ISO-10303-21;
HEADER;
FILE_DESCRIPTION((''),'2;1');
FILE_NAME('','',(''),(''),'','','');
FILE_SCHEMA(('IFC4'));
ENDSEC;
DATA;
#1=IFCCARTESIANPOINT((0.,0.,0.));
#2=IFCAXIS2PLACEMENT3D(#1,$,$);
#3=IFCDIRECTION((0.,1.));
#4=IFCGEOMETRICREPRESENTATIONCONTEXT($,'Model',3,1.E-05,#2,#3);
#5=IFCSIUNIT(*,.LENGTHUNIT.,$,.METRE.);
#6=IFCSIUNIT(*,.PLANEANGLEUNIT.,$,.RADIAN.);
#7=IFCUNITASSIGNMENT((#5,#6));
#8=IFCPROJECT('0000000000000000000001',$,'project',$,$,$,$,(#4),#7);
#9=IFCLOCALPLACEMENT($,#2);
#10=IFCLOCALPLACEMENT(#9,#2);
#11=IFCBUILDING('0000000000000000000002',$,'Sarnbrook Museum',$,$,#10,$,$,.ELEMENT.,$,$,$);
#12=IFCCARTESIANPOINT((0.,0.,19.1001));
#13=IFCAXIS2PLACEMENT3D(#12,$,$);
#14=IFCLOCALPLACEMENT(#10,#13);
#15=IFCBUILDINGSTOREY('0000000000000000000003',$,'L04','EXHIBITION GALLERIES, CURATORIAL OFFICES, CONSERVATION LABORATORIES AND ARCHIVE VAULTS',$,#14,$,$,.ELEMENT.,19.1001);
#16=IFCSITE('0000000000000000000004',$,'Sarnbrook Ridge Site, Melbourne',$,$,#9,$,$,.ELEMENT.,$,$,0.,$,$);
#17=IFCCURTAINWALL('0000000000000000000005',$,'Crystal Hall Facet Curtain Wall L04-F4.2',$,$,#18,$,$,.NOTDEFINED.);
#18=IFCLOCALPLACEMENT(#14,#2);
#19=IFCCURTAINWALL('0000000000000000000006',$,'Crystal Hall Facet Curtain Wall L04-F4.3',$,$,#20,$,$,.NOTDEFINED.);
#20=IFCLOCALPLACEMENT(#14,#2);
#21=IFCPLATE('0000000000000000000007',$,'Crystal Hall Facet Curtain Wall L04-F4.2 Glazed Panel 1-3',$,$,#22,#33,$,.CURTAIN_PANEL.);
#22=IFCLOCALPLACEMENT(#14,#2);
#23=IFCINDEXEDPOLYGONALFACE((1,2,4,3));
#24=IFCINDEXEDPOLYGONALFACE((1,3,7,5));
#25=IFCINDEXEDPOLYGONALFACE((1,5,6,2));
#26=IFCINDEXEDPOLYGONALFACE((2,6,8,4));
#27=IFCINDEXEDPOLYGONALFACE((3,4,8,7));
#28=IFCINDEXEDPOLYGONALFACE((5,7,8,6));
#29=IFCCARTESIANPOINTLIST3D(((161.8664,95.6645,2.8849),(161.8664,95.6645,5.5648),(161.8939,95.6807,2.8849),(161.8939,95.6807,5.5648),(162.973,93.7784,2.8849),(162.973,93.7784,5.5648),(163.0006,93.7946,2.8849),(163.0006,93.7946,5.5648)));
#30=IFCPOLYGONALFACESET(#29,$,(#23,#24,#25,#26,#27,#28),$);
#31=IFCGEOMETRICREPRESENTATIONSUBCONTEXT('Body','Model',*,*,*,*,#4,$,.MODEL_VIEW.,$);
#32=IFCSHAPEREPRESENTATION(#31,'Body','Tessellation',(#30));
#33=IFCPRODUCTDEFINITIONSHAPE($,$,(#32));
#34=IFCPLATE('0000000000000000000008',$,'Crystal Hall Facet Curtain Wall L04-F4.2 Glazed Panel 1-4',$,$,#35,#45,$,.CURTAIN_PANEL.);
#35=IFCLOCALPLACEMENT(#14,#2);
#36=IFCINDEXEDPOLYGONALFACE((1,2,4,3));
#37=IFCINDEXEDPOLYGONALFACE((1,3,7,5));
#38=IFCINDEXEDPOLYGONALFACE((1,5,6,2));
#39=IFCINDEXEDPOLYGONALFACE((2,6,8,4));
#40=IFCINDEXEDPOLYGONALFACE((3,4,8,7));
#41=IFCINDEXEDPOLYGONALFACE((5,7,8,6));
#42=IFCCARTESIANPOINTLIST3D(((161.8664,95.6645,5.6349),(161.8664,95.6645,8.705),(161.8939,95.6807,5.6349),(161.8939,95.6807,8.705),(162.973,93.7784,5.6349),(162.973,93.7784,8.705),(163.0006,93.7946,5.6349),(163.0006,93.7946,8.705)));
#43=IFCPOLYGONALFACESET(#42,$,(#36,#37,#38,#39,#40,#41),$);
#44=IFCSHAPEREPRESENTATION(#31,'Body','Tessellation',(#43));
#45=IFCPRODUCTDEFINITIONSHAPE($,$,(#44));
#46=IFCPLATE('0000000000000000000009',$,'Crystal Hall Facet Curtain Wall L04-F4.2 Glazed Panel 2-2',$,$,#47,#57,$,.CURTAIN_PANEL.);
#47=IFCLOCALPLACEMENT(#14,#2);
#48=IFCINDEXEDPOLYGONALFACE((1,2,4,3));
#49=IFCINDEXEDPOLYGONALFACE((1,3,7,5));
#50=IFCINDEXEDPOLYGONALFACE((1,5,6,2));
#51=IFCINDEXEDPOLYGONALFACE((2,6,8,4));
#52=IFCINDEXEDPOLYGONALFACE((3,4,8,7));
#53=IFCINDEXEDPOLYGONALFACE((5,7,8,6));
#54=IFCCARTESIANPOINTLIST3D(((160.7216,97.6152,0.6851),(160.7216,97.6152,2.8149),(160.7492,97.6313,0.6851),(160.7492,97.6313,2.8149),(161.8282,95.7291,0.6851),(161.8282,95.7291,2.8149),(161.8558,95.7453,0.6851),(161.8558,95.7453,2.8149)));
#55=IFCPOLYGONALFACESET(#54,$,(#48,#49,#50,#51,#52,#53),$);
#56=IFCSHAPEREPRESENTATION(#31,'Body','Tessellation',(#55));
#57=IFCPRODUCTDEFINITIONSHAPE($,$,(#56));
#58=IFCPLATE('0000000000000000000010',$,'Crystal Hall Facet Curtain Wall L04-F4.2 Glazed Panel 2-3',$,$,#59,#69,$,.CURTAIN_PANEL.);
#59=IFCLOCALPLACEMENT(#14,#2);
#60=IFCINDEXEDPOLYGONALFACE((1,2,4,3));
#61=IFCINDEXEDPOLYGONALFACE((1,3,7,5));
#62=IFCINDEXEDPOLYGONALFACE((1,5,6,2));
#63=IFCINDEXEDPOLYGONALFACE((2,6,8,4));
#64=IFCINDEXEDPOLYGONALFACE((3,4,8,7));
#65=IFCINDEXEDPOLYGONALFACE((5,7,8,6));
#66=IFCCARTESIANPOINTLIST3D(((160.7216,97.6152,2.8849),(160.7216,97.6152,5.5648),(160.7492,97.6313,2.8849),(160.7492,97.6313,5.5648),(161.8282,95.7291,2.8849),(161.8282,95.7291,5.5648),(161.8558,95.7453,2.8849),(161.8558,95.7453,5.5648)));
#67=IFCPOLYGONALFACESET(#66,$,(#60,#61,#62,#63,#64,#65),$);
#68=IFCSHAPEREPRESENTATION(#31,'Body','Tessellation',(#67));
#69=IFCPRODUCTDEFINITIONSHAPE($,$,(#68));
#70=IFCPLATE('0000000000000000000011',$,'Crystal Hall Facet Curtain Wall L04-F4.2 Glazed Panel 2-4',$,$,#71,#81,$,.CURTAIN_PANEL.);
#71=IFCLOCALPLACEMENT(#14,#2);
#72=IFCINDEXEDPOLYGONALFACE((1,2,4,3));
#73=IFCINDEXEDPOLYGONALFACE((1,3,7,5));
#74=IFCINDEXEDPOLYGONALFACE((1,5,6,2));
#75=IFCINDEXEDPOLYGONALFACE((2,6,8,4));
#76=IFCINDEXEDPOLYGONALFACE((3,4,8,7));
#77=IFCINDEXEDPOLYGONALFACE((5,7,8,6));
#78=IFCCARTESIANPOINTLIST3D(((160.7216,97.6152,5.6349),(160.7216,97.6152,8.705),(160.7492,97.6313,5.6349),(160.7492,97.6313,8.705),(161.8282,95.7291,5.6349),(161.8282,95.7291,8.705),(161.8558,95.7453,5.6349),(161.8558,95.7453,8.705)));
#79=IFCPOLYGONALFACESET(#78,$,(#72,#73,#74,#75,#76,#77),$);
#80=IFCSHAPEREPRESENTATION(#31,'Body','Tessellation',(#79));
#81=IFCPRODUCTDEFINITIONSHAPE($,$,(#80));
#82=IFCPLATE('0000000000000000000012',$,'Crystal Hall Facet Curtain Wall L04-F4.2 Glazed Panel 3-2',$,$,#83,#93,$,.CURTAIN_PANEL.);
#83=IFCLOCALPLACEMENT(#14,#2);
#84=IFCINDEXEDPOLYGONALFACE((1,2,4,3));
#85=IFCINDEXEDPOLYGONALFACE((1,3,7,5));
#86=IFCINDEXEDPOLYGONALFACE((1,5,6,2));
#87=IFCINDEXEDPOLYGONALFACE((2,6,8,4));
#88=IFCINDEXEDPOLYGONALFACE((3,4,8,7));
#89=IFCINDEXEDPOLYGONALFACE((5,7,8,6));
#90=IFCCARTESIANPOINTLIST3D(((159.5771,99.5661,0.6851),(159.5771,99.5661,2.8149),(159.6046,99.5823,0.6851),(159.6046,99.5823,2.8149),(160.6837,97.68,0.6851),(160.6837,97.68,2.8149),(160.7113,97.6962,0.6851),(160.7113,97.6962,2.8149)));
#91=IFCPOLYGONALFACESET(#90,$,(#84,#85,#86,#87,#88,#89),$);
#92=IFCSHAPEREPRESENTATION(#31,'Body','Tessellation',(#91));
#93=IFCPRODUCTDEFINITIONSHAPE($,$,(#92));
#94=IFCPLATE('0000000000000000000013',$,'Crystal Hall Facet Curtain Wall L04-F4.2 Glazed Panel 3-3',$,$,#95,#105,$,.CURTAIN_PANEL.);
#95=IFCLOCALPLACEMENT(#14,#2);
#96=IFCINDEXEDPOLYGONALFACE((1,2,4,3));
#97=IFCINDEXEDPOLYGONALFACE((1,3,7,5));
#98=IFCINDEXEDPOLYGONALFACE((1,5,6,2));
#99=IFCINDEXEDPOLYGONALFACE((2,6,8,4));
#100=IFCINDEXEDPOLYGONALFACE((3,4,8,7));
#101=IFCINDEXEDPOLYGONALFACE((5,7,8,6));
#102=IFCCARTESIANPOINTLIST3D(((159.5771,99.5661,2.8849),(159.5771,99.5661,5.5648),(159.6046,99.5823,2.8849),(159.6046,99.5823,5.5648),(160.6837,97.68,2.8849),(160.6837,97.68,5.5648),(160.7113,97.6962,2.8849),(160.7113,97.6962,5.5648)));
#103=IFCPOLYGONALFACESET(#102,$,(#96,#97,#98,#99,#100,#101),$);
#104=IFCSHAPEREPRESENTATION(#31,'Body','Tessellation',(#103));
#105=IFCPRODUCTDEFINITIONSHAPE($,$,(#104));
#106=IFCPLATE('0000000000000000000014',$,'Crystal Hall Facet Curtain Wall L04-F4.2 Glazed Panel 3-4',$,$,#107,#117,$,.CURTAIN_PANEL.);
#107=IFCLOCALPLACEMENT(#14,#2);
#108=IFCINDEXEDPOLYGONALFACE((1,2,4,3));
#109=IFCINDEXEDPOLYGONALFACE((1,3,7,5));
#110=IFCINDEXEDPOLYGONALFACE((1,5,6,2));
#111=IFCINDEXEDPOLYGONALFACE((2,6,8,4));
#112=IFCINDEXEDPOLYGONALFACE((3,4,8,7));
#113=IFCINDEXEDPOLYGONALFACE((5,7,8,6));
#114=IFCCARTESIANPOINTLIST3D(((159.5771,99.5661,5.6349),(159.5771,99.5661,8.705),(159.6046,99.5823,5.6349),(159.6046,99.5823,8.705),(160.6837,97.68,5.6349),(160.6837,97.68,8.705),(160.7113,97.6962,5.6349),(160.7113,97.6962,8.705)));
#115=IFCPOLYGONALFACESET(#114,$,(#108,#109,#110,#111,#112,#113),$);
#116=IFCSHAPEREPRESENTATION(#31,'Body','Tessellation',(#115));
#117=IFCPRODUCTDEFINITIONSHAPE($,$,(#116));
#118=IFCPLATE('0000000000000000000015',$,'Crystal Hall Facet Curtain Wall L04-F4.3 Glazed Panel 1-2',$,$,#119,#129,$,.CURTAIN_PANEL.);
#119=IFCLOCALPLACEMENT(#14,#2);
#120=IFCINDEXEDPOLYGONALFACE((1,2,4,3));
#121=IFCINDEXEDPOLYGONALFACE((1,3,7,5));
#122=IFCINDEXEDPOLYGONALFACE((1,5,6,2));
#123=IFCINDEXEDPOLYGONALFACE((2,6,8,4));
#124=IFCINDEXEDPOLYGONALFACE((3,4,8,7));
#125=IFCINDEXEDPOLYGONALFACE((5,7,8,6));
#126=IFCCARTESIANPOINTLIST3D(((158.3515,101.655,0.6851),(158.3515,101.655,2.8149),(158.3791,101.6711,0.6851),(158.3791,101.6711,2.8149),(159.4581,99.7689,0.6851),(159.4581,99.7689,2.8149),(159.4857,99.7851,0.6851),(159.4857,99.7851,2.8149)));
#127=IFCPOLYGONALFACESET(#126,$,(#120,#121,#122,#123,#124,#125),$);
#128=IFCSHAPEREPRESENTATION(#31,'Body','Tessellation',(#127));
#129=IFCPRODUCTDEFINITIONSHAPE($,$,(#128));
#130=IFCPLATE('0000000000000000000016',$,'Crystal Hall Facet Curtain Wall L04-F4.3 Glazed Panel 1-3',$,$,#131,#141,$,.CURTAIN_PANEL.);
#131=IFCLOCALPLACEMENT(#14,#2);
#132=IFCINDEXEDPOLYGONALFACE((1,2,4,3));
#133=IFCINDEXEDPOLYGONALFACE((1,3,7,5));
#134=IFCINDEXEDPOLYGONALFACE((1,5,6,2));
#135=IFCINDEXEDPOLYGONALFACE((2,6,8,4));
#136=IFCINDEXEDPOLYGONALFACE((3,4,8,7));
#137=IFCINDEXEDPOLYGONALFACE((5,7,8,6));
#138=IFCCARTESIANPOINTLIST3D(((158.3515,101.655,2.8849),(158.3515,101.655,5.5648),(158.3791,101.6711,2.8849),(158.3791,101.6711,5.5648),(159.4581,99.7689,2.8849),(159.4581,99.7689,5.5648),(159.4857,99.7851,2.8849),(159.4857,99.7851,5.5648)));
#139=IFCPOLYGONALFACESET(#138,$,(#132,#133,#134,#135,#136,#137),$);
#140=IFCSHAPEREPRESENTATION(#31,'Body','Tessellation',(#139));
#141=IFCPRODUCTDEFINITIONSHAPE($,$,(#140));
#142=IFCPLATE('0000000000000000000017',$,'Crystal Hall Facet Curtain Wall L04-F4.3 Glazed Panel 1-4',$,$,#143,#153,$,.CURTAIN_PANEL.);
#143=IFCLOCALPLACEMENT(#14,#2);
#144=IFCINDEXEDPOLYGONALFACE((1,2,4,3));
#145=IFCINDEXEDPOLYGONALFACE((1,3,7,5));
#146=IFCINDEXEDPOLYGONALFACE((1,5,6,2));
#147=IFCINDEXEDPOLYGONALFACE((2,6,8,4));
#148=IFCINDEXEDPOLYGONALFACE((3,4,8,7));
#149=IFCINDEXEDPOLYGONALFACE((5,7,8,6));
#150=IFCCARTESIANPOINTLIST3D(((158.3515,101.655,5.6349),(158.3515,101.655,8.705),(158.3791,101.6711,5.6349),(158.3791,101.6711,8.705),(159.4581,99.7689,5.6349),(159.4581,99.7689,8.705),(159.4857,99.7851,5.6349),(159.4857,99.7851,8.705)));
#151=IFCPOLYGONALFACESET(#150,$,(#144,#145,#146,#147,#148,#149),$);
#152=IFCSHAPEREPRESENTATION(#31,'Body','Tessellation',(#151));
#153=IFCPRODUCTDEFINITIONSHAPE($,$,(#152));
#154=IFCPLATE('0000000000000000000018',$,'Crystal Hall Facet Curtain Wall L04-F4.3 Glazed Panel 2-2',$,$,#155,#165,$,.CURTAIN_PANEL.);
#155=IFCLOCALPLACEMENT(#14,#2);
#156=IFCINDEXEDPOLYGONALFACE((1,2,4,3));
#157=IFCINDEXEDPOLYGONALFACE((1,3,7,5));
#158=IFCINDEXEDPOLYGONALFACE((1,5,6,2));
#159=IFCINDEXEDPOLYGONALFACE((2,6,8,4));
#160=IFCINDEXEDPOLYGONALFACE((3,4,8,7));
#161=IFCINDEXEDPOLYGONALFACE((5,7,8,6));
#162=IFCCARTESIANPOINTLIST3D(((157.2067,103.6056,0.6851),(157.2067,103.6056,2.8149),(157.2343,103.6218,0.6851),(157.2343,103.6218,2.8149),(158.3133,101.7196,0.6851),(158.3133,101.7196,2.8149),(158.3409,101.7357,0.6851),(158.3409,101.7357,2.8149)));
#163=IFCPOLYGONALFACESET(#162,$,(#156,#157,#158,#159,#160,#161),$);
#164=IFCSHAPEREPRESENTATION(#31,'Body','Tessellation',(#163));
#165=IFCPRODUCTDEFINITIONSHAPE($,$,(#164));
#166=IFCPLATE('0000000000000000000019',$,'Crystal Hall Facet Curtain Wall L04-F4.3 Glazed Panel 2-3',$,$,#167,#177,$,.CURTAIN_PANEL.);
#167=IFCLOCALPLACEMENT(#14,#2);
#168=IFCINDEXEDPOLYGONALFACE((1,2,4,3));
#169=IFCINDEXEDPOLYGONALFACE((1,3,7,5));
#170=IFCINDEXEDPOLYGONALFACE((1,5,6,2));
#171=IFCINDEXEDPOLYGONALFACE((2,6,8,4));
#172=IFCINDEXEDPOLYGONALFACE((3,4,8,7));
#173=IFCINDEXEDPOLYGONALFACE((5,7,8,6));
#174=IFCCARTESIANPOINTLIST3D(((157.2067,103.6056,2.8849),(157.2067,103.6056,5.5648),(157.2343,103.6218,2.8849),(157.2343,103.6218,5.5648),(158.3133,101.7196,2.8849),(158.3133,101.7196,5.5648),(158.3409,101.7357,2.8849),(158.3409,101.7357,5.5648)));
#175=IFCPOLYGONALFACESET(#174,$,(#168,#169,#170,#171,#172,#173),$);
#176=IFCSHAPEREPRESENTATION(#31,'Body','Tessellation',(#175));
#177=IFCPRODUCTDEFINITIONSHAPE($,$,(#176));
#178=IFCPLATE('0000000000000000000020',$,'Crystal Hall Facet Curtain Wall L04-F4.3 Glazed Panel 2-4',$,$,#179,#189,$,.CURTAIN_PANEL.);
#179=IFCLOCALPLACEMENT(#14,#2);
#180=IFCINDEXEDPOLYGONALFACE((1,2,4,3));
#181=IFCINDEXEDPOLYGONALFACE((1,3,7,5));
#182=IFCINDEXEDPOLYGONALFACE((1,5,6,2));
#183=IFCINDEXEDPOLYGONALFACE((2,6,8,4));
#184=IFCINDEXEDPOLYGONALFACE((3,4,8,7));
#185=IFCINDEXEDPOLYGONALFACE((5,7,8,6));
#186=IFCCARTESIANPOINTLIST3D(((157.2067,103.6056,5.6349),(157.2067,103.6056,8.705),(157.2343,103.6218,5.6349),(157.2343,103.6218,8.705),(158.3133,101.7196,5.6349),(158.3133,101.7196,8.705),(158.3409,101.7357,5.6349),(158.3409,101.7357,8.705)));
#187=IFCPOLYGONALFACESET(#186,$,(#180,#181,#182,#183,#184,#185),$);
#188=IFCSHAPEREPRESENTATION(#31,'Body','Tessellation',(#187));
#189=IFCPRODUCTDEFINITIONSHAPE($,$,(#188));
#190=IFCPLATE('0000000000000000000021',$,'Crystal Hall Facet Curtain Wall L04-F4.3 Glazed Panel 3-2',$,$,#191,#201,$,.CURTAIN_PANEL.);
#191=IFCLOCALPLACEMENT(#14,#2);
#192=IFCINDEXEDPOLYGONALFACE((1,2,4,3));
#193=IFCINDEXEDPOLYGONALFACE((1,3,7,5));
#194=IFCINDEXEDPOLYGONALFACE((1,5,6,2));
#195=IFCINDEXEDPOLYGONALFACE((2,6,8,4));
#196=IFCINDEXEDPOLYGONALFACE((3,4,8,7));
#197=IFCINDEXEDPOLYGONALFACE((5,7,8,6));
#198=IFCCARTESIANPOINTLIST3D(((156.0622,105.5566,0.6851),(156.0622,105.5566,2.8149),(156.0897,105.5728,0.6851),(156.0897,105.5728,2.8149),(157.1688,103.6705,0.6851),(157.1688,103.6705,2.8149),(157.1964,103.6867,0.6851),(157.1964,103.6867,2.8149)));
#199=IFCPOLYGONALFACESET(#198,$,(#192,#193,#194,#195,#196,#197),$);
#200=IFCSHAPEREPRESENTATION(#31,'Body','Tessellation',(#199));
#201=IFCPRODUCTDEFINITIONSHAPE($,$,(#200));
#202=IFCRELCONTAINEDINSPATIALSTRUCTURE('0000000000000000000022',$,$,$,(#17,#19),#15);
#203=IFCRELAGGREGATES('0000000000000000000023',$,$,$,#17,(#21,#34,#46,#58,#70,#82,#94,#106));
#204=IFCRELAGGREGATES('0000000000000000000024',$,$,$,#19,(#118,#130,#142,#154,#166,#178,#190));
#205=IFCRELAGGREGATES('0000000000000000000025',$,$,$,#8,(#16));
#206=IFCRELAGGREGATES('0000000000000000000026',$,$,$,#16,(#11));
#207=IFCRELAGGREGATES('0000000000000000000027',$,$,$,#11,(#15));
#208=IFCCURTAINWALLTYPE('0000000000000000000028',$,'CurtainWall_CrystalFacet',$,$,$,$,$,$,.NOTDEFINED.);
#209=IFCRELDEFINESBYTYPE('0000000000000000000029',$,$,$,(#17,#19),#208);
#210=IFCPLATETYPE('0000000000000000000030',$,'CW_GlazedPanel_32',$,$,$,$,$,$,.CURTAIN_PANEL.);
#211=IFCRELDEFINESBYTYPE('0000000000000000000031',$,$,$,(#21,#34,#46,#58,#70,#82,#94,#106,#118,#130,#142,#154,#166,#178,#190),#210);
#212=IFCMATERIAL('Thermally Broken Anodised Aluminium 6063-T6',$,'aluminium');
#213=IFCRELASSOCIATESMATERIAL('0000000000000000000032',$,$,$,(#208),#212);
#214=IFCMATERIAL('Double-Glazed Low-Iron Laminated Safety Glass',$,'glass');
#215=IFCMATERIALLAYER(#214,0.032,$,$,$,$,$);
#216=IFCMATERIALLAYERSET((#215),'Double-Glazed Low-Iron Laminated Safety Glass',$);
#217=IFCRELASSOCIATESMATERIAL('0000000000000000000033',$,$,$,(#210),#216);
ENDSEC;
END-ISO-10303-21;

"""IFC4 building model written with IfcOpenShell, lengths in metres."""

from ifc_helpers import new_model, si_unit, direction, frame, origin, origin_2d, place, context, subcontext, project, spatial, rectangle, extrude, material, layer, layer_set, type_object, element, aggregate, save


model = new_model("IFC4")

# Units and contexts
model_context = context("Model", 3, precision=1e-05, world=origin(), true_north=direction((0.0, 1.0)))
body_context = subcontext(model_context, "Body", "Model", "MODEL_VIEW")
ifc_project = project(units=[si_unit("LENGTHUNIT", "METRE"), si_unit("PLANEANGLEUNIT", "RADIAN")], contexts=[model_context])

# Site, building, storey
site_placement = place(None, origin())
site = spatial("IfcSite", under=ifc_project, at=site_placement, Name="Sarnbrook Ridge Site, Melbourne", CompositionType="ELEMENT", RefElevation=0.0)
building_placement = place(site_placement, origin())
building = spatial("IfcBuilding", under=site, at=building_placement, Name="Sarnbrook Museum", CompositionType="ELEMENT")
storey_placement = place(building_placement, frame((0.0, 0.0, 19.1001)))
storey = spatial("IfcBuildingStorey", under=building, at=storey_placement, Name="L04", Description="EXHIBITION GALLERIES, CURATORIAL OFFICES, CONSERVATION LABORATORIES AND ARCHIVE VAULTS", CompositionType="ELEMENT", Elevation=19.1001)

# Curtain walls
ifc_material_1 = material(Name="Thermally Broken Anodised Aluminium 6063-T6", Category="aluminium")
curtain_wall_type = type_object("IfcCurtainWallType", Name="CurtainWall_CrystalFacet", PredefinedType="NOTDEFINED", material=ifc_material_1)
curtain_wall_1_placement = place(storey_placement, origin())
curtain_wall_1 = element("IfcCurtainWall", 1, at=curtain_wall_1_placement, inside=storey, type_object=curtain_wall_type, Name="Crystal Hall Facet Curtain Wall L04-F4.2", PredefinedType="NOTDEFINED")
curtain_wall_2_placement = place(storey_placement, origin())
curtain_wall_2 = element("IfcCurtainWall", 2, at=curtain_wall_2_placement, inside=storey, type_object=curtain_wall_type, Name="Crystal Hall Facet Curtain Wall L04-F4.3", PredefinedType="NOTDEFINED")

# Plates
ifc_material_2 = material(Name="Double-Glazed Low-Iron Laminated Safety Glass", Category="glass")
ifc_layer_1 = layer(ifc_material_2, 0.032)
ifc_layer_set_1 = layer_set([ifc_layer_1], Name="Double-Glazed Low-Iron Laminated Safety Glass")
plate_type_1 = type_object("IfcPlateType", Name="CW_GlazedPanel_32", PredefinedType="CURTAIN_PANEL", material=ifc_layer_set_1)
plate_1_placement = place(storey_placement, frame((162.4197, 94.7214, 4.2249), z_axis=(0.862499, 0.506058, 0.0), x_axis=(-0.506058, 0.862499, 0.0)))
plate_1 = element("IfcPlate", 3, at=plate_1_placement, type_object=plate_type_1, Name="Crystal Hall Facet Curtain Wall L04-F4.2 Glazed Panel 1-3", PredefinedType="CURTAIN_PANEL", context=body_context, shape_type="SweptSolid", body=[
    extrude(rectangle(XDim=2.1868, YDim=2.6799, at=origin_2d()), origin(), (0.0, 0.0, 1.0), 0.032),
])
plate_2_placement = place(storey_placement, frame((162.4197, 94.7214, 7.1699), z_axis=(0.862499, 0.506058, 0.0), x_axis=(-0.506058, 0.862499, 0.0)))
plate_2 = element("IfcPlate", 4, at=plate_2_placement, type_object=plate_type_1, Name="Crystal Hall Facet Curtain Wall L04-F4.2 Glazed Panel 1-4", PredefinedType="CURTAIN_PANEL", context=body_context, shape_type="SweptSolid", body=[
    extrude(rectangle(XDim=2.1868, YDim=3.0701, at=origin_2d()), origin(), (0.0, 0.0, 1.0), 0.032),
])
plate_3_placement = place(storey_placement, frame((161.2749, 96.6721, 1.75), z_axis=(0.862499, 0.506058, 0.0), x_axis=(-0.506058, 0.862499, 0.0)))
plate_3 = element("IfcPlate", 5, at=plate_3_placement, type_object=plate_type_1, Name="Crystal Hall Facet Curtain Wall L04-F4.2 Glazed Panel 2-2", PredefinedType="CURTAIN_PANEL", context=body_context, shape_type="SweptSolid", body=[
    extrude(rectangle(XDim=2.1868, YDim=2.1299, at=origin_2d()), origin(), (0.0, 0.0, 1.0), 0.032),
])
plate_4_placement = place(storey_placement, frame((161.2749, 96.6721, 4.2249), z_axis=(0.862499, 0.506058, 0.0), x_axis=(-0.506058, 0.862499, 0.0)))
plate_4 = element("IfcPlate", 6, at=plate_4_placement, type_object=plate_type_1, Name="Crystal Hall Facet Curtain Wall L04-F4.2 Glazed Panel 2-3", PredefinedType="CURTAIN_PANEL", context=body_context, shape_type="SweptSolid", body=[
    extrude(rectangle(XDim=2.1868, YDim=2.6799, at=origin_2d()), origin(), (0.0, 0.0, 1.0), 0.032),
])
plate_5_placement = place(storey_placement, frame((161.2749, 96.6721, 7.1699), z_axis=(0.862499, 0.506058, 0.0), x_axis=(-0.506058, 0.862499, 0.0)))
plate_5 = element("IfcPlate", 7, at=plate_5_placement, type_object=plate_type_1, Name="Crystal Hall Facet Curtain Wall L04-F4.2 Glazed Panel 2-4", PredefinedType="CURTAIN_PANEL", context=body_context, shape_type="SweptSolid", body=[
    extrude(rectangle(XDim=2.1868, YDim=3.0701, at=origin_2d()), origin(), (0.0, 0.0, 1.0), 0.032),
])
plate_6_placement = place(storey_placement, frame((160.1304, 98.623, 1.75), z_axis=(0.862499, 0.506058, 0.0), x_axis=(-0.506058, 0.862499, 0.0)))
plate_6 = element("IfcPlate", 8, at=plate_6_placement, type_object=plate_type_1, Name="Crystal Hall Facet Curtain Wall L04-F4.2 Glazed Panel 3-2", PredefinedType="CURTAIN_PANEL", context=body_context, shape_type="SweptSolid", body=[
    extrude(rectangle(XDim=2.1868, YDim=2.1299, at=origin_2d()), origin(), (0.0, 0.0, 1.0), 0.032),
])
plate_7_placement = place(storey_placement, frame((160.1304, 98.623, 4.2249), z_axis=(0.862499, 0.506058, 0.0), x_axis=(-0.506058, 0.862499, 0.0)))
plate_7 = element("IfcPlate", 9, at=plate_7_placement, type_object=plate_type_1, Name="Crystal Hall Facet Curtain Wall L04-F4.2 Glazed Panel 3-3", PredefinedType="CURTAIN_PANEL", context=body_context, shape_type="SweptSolid", body=[
    extrude(rectangle(XDim=2.1868, YDim=2.6799, at=origin_2d()), origin(), (0.0, 0.0, 1.0), 0.032),
])
plate_8_placement = place(storey_placement, frame((160.1304, 98.623, 7.1699), z_axis=(0.862499, 0.506058, 0.0), x_axis=(-0.506058, 0.862499, 0.0)))
plate_8 = element("IfcPlate", 10, at=plate_8_placement, type_object=plate_type_1, Name="Crystal Hall Facet Curtain Wall L04-F4.2 Glazed Panel 3-4", PredefinedType="CURTAIN_PANEL", context=body_context, shape_type="SweptSolid", body=[
    extrude(rectangle(XDim=2.1868, YDim=3.0701, at=origin_2d()), origin(), (0.0, 0.0, 1.0), 0.032),
])
plate_9_placement = place(storey_placement, frame((158.9048, 100.7119, 1.75), z_axis=(0.862499, 0.506058, 0.0), x_axis=(-0.506058, 0.862499, 0.0)))
plate_9 = element("IfcPlate", 11, at=plate_9_placement, type_object=plate_type_1, Name="Crystal Hall Facet Curtain Wall L04-F4.3 Glazed Panel 1-2", PredefinedType="CURTAIN_PANEL", context=body_context, shape_type="SweptSolid", body=[
    extrude(rectangle(XDim=2.1868, YDim=2.1299, at=origin_2d()), origin(), (0.0, 0.0, 1.0), 0.032),
])
plate_10_placement = place(storey_placement, frame((158.9048, 100.7119, 4.2249), z_axis=(0.862499, 0.506058, 0.0), x_axis=(-0.506058, 0.862499, 0.0)))
plate_10 = element("IfcPlate", 12, at=plate_10_placement, type_object=plate_type_1, Name="Crystal Hall Facet Curtain Wall L04-F4.3 Glazed Panel 1-3", PredefinedType="CURTAIN_PANEL", context=body_context, shape_type="SweptSolid", body=[
    extrude(rectangle(XDim=2.1868, YDim=2.6799, at=origin_2d()), origin(), (0.0, 0.0, 1.0), 0.032),
])
plate_11_placement = place(storey_placement, frame((158.9048, 100.7119, 7.1699), z_axis=(0.862499, 0.506058, 0.0), x_axis=(-0.506058, 0.862499, 0.0)))
plate_11 = element("IfcPlate", 13, at=plate_11_placement, type_object=plate_type_1, Name="Crystal Hall Facet Curtain Wall L04-F4.3 Glazed Panel 1-4", PredefinedType="CURTAIN_PANEL", context=body_context, shape_type="SweptSolid", body=[
    extrude(rectangle(XDim=2.1868, YDim=3.0701, at=origin_2d()), origin(), (0.0, 0.0, 1.0), 0.032),
])
plate_12_placement = place(storey_placement, frame((157.76, 102.6626, 1.75), z_axis=(0.862499, 0.506058, 0.0), x_axis=(-0.506058, 0.862499, 0.0)))
plate_12 = element("IfcPlate", 14, at=plate_12_placement, type_object=plate_type_1, Name="Crystal Hall Facet Curtain Wall L04-F4.3 Glazed Panel 2-2", PredefinedType="CURTAIN_PANEL", context=body_context, shape_type="SweptSolid", body=[
    extrude(rectangle(XDim=2.1868, YDim=2.1299, at=origin_2d()), origin(), (0.0, 0.0, 1.0), 0.032),
])
plate_13_placement = place(storey_placement, frame((157.76, 102.6626, 4.2249), z_axis=(0.862499, 0.506058, 0.0), x_axis=(-0.506058, 0.862499, 0.0)))
plate_13 = element("IfcPlate", 15, at=plate_13_placement, type_object=plate_type_1, Name="Crystal Hall Facet Curtain Wall L04-F4.3 Glazed Panel 2-3", PredefinedType="CURTAIN_PANEL", context=body_context, shape_type="SweptSolid", body=[
    extrude(rectangle(XDim=2.1868, YDim=2.6799, at=origin_2d()), origin(), (0.0, 0.0, 1.0), 0.032),
])
plate_14_placement = place(storey_placement, frame((157.76, 102.6626, 7.1699), z_axis=(0.862499, 0.506058, 0.0), x_axis=(-0.506058, 0.862499, 0.0)))
plate_14 = element("IfcPlate", 16, at=plate_14_placement, type_object=plate_type_1, Name="Crystal Hall Facet Curtain Wall L04-F4.3 Glazed Panel 2-4", PredefinedType="CURTAIN_PANEL", context=body_context, shape_type="SweptSolid", body=[
    extrude(rectangle(XDim=2.1868, YDim=3.0701, at=origin_2d()), origin(), (0.0, 0.0, 1.0), 0.032),
])
plate_15_placement = place(storey_placement, frame((156.6155, 104.6135, 1.75), z_axis=(0.862499, 0.506058, 0.0), x_axis=(-0.506058, 0.862499, 0.0)))
plate_15 = element("IfcPlate", 17, at=plate_15_placement, type_object=plate_type_1, Name="Crystal Hall Facet Curtain Wall L04-F4.3 Glazed Panel 3-2", PredefinedType="CURTAIN_PANEL", context=body_context, shape_type="SweptSolid", body=[
    extrude(rectangle(XDim=2.1868, YDim=2.1299, at=origin_2d()), origin(), (0.0, 0.0, 1.0), 0.032),
])
aggregate(curtain_wall_1, [plate_1, plate_2, plate_3, plate_4, plate_5, plate_6, plate_7, plate_8])
aggregate(curtain_wall_2, [plate_9, plate_10, plate_11, plate_12, plate_13, plate_14, plate_15])

save(model, "model.ifc")
